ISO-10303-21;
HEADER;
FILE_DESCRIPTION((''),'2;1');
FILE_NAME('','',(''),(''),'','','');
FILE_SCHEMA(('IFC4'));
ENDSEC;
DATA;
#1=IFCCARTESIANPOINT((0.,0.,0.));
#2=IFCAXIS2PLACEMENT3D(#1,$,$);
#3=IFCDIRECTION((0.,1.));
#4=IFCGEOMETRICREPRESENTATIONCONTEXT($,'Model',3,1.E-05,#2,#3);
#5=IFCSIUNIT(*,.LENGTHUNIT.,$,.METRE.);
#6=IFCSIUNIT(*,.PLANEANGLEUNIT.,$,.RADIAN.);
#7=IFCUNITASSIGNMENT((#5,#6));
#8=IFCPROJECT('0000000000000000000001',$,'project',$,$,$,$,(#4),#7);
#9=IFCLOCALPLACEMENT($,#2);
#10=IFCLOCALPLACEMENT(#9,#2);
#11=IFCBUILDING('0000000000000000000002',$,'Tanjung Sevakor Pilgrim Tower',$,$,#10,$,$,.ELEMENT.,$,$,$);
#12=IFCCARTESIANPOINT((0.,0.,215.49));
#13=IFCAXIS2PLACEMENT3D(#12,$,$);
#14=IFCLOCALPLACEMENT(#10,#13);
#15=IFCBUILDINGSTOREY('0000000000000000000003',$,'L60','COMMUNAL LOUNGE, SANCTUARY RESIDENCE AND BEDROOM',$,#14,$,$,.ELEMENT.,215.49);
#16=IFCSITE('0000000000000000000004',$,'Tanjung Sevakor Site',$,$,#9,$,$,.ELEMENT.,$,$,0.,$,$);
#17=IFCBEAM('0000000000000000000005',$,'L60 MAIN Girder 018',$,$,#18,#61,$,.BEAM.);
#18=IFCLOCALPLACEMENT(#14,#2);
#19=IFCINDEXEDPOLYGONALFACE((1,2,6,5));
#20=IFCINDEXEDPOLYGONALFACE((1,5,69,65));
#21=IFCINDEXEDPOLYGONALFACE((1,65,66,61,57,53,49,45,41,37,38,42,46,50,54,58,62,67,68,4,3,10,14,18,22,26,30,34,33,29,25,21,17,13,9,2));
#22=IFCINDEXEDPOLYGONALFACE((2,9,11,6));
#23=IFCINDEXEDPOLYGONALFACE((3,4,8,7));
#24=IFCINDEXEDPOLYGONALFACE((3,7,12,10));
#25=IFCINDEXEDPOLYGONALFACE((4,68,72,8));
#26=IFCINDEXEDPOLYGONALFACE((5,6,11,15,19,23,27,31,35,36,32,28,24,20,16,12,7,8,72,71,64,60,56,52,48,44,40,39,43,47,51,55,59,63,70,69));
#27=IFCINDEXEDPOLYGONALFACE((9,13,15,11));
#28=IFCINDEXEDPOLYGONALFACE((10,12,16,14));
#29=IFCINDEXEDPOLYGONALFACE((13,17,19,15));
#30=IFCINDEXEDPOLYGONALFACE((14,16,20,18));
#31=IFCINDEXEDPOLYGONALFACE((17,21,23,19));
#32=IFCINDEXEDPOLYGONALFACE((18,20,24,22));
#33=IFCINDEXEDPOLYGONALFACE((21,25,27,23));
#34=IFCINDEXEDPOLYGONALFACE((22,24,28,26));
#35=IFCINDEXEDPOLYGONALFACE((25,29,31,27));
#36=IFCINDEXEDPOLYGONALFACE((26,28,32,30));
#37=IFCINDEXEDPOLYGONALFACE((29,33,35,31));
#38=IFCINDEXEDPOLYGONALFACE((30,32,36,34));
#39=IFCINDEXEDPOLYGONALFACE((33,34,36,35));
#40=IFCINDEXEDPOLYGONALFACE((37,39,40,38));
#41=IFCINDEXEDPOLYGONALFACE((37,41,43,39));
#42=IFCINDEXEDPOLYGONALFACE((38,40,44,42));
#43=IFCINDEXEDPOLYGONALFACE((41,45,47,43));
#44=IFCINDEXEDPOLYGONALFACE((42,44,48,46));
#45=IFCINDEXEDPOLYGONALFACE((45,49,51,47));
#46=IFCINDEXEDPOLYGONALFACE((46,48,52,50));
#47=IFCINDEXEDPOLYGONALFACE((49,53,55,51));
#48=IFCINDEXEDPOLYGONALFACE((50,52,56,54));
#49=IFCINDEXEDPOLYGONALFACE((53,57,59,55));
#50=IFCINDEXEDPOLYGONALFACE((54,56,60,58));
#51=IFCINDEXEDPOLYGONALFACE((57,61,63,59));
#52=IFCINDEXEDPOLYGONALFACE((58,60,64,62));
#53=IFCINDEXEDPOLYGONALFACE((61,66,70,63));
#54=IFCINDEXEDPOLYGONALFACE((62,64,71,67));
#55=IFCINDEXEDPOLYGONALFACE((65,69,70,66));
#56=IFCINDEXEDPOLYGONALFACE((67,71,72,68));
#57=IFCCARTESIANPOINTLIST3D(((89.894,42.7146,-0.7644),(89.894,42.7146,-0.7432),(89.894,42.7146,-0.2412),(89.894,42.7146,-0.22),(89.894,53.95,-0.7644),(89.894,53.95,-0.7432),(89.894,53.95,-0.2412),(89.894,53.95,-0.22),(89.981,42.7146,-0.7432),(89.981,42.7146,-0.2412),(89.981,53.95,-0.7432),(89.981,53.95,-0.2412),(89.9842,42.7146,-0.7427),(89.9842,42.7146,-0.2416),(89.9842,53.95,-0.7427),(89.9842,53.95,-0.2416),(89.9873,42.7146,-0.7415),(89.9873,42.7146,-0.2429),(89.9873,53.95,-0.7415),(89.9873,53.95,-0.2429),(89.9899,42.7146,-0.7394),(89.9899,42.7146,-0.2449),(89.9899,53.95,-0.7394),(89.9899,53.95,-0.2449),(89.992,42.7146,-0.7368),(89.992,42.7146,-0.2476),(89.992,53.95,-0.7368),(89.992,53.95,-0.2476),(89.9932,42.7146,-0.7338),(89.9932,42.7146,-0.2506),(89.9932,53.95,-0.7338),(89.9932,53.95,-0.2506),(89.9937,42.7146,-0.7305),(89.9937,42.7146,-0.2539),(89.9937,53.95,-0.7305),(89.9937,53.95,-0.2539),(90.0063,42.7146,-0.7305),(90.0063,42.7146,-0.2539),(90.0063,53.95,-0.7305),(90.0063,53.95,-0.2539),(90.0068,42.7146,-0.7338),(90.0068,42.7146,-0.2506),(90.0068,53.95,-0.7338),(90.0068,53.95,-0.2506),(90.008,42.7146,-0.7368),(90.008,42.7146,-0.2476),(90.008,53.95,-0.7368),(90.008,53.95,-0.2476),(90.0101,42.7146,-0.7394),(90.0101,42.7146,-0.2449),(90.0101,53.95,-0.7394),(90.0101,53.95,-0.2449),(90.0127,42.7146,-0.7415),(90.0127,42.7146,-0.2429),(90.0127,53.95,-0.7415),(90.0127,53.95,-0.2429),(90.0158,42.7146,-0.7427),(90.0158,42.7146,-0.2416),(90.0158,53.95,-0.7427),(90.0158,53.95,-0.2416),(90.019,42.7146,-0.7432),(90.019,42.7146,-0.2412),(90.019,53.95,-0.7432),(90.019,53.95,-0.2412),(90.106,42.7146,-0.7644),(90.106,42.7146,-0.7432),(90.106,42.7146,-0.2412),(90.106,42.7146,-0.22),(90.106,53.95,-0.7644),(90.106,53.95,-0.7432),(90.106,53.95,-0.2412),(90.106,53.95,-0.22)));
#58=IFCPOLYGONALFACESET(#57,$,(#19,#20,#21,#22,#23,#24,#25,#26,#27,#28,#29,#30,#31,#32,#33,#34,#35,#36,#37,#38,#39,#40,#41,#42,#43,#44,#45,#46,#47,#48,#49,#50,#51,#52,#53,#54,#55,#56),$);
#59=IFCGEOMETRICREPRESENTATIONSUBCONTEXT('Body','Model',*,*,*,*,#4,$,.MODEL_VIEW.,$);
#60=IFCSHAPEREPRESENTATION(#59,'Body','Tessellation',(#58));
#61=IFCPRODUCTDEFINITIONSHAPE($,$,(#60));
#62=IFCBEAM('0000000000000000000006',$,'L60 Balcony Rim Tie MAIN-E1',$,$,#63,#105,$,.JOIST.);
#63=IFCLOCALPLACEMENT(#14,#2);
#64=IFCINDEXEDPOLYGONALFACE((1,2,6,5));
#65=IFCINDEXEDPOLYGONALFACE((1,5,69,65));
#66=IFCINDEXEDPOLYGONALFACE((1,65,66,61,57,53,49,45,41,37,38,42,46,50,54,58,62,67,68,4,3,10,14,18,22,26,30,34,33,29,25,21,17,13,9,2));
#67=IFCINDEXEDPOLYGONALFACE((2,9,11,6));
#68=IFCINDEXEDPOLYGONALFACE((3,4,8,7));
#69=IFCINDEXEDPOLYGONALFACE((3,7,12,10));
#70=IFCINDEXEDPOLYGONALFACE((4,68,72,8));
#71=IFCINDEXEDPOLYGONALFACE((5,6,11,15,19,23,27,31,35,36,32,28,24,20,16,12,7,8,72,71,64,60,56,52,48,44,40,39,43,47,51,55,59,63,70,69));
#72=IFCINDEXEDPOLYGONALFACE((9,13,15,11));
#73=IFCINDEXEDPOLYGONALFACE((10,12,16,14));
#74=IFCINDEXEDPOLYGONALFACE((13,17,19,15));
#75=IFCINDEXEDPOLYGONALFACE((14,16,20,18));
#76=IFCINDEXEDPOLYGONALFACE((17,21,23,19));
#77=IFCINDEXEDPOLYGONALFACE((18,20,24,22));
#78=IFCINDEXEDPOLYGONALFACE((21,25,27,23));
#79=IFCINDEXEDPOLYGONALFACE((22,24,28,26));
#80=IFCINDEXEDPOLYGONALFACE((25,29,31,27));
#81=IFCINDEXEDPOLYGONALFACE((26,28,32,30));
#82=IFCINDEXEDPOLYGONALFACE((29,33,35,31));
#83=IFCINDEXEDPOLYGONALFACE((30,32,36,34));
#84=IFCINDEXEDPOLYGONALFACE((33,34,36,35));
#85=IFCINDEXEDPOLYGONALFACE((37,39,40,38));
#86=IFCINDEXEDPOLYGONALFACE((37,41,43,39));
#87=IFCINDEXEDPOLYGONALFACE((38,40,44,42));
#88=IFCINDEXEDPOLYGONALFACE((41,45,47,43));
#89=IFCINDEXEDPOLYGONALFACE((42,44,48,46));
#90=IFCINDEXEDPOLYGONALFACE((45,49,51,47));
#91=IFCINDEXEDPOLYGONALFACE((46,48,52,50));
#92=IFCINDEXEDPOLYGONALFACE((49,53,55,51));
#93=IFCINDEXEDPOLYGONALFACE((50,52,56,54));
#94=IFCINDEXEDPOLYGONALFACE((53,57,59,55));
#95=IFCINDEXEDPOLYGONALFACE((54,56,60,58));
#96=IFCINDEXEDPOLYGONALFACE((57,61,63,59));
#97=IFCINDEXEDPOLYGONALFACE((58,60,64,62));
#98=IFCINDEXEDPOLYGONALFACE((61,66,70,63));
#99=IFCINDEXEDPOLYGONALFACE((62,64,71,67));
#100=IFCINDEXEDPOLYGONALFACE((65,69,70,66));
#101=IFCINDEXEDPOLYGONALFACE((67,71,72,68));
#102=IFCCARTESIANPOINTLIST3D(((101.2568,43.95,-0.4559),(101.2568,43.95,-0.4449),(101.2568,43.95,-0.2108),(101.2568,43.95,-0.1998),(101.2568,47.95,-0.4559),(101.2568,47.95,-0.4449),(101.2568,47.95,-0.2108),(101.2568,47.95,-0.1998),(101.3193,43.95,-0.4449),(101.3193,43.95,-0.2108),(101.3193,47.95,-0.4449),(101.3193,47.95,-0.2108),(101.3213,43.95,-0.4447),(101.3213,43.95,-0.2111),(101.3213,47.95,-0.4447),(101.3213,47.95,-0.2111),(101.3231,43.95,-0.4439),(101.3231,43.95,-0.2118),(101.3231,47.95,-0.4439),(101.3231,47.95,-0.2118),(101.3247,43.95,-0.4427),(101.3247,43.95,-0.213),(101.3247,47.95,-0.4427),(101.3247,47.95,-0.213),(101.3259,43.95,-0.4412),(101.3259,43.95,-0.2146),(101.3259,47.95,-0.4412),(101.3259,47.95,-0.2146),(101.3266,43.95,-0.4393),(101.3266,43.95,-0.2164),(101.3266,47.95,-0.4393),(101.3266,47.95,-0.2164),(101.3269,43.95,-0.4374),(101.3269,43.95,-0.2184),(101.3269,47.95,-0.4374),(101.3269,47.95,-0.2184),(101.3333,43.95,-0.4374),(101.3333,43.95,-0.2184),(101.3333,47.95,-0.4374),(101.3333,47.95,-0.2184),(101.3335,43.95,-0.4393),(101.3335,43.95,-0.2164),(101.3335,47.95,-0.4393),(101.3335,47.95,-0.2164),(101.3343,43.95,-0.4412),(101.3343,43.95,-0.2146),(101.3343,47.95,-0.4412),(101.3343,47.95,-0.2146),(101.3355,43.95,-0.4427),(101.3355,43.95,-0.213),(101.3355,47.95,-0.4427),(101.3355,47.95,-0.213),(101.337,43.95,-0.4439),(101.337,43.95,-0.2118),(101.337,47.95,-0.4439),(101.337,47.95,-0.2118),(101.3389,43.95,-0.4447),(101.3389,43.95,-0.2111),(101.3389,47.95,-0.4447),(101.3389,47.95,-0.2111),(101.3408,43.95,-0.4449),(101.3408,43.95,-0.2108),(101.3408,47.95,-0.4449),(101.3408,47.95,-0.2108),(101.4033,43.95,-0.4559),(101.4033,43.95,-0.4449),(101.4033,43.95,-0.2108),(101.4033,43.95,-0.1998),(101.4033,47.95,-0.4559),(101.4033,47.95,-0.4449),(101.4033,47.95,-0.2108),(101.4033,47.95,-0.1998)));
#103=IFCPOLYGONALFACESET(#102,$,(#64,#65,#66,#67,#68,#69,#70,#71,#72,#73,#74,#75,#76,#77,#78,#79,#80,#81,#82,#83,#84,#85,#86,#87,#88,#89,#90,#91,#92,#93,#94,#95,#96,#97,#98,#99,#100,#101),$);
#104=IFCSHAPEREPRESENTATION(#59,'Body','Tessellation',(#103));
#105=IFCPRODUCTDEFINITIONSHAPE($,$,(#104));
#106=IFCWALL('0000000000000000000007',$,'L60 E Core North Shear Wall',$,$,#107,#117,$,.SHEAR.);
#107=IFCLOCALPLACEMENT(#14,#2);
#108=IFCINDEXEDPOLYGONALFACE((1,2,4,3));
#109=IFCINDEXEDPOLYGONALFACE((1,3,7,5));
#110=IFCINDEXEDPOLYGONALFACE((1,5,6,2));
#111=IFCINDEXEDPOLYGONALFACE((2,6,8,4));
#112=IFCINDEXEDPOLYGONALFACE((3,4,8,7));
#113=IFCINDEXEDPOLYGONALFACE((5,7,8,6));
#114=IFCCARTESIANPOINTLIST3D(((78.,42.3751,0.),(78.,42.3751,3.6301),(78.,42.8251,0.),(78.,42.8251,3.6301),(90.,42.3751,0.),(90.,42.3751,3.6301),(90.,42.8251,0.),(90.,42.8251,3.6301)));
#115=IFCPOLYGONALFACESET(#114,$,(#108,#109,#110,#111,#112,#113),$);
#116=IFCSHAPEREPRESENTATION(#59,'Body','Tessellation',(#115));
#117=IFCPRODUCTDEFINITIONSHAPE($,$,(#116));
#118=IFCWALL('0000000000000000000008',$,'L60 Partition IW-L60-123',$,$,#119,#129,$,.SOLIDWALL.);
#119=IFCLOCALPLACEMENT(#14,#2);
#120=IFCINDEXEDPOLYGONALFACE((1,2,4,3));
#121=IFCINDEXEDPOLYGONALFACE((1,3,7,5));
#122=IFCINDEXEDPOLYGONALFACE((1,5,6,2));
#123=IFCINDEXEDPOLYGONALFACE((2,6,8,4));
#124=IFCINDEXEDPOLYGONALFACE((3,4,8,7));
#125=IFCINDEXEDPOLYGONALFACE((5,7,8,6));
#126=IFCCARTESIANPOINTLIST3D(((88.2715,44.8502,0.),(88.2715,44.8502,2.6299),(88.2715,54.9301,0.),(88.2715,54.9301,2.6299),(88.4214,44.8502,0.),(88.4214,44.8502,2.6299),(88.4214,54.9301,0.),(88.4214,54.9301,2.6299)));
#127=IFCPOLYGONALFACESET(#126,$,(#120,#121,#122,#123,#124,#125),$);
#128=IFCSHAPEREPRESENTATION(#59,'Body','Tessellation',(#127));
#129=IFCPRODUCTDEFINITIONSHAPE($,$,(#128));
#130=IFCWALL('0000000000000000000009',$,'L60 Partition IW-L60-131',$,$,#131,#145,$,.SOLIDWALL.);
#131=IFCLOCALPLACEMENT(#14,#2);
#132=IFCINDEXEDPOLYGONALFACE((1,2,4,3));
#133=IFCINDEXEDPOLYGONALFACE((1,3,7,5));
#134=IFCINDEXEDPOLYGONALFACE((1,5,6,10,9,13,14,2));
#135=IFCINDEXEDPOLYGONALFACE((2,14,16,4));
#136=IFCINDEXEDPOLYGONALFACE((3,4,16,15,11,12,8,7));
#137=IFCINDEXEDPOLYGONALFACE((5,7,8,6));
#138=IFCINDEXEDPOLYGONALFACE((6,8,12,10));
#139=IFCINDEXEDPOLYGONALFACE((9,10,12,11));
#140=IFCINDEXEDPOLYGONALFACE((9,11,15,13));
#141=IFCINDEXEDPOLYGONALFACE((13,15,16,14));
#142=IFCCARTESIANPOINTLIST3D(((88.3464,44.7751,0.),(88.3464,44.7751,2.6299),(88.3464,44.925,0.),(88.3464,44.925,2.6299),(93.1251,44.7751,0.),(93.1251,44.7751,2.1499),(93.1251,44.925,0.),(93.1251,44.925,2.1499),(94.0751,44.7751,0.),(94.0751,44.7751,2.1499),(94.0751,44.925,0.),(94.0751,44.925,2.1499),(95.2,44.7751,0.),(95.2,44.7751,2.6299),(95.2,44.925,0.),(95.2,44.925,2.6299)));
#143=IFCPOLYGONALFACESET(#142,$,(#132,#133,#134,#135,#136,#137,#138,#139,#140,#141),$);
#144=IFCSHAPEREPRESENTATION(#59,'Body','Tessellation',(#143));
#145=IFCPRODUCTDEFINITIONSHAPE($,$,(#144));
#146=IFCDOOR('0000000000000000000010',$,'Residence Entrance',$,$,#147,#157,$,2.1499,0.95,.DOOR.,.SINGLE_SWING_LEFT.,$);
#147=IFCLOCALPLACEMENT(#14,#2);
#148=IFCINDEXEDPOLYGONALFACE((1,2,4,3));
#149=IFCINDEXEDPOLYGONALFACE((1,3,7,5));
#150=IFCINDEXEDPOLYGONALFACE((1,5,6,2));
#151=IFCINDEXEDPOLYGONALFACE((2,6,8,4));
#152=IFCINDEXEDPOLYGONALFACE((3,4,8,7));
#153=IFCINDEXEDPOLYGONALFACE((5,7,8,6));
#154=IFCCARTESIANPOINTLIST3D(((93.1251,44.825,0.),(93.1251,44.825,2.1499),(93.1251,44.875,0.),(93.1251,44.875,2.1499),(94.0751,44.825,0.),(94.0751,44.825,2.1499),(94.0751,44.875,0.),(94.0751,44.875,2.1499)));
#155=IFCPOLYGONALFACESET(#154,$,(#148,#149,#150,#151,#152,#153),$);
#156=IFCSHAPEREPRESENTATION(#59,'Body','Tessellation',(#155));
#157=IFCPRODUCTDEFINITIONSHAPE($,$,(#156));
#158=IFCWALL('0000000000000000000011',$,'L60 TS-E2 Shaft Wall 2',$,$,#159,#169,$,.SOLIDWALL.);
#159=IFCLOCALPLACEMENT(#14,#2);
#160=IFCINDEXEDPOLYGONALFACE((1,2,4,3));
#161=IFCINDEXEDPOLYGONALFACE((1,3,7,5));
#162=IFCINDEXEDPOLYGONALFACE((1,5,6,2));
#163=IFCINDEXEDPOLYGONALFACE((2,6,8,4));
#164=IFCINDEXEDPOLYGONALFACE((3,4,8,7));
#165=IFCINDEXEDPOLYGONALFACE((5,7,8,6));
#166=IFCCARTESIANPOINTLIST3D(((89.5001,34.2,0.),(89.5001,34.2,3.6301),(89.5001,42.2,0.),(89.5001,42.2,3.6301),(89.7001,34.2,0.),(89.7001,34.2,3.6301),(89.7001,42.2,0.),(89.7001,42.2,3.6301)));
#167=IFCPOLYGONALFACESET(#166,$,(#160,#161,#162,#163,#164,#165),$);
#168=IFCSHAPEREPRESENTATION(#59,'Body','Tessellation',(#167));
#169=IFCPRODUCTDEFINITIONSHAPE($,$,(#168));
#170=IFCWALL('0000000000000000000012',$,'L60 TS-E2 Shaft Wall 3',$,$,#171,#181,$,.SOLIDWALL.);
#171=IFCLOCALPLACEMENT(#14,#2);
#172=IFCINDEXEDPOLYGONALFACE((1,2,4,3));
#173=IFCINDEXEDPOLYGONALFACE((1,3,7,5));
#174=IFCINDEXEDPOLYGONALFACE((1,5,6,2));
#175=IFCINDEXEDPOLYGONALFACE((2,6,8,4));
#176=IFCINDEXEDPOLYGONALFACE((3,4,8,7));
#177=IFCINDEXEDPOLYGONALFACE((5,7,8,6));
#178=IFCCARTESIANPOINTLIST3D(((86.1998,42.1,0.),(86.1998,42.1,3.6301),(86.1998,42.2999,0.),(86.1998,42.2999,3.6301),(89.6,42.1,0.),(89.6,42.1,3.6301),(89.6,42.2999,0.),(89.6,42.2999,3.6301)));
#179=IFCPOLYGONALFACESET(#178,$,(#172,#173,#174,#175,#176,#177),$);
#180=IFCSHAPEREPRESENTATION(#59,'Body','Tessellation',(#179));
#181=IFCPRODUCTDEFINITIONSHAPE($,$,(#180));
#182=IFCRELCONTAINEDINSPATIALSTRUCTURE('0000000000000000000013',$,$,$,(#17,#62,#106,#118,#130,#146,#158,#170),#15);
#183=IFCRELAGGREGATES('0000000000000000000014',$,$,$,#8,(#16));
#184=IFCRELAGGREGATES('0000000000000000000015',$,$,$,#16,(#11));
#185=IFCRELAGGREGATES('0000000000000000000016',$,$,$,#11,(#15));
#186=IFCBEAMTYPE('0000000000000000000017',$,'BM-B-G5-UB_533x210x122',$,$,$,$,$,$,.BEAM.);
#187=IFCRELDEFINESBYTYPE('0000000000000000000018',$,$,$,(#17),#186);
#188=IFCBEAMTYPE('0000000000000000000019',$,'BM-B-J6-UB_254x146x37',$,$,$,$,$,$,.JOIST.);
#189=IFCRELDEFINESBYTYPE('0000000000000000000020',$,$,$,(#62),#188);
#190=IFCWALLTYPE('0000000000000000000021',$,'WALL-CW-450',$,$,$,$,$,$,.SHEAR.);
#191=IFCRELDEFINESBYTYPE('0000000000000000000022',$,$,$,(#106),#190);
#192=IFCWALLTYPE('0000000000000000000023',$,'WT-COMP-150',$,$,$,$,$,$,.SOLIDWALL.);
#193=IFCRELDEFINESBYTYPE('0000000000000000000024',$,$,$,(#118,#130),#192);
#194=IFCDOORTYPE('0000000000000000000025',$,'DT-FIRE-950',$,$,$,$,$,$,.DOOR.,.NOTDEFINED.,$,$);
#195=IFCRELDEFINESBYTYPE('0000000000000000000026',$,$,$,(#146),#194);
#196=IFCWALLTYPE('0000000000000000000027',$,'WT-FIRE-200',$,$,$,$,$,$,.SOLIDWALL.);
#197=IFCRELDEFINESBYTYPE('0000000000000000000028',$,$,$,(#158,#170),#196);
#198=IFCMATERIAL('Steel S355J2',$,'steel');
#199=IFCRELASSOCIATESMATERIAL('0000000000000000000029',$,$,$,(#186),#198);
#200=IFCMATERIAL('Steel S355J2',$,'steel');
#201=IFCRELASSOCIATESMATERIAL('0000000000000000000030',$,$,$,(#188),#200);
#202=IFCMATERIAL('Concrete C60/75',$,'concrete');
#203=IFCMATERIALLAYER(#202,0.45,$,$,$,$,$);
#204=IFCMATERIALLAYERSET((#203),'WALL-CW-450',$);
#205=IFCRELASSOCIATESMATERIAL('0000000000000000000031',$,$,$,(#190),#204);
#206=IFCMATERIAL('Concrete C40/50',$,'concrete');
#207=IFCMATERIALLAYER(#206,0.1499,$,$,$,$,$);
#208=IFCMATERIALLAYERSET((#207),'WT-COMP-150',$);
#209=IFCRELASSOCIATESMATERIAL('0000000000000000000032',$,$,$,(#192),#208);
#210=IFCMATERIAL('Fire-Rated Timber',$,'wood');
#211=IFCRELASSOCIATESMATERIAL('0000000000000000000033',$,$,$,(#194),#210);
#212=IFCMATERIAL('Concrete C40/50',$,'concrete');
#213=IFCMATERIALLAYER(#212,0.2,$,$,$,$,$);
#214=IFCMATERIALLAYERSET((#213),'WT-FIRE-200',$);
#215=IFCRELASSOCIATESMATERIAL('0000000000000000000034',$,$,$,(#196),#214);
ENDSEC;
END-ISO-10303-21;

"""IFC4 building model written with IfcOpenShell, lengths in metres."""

from ifc_helpers import new_model, si_unit, direction, frame, frame_2d, origin, origin_2d, place, context, subcontext, project, spatial, rectangle, i_section, extrude, material, layer, layer_set, material_profile, profile_set, type_object, element, fill, save


model = new_model("IFC4")

# Units and contexts
model_context = context("Model", 3, precision=1e-05, world=origin(), true_north=direction((0.0, 1.0)))
body_context = subcontext(model_context, "Body", "Model", "MODEL_VIEW")
ifc_project = project(units=[si_unit("LENGTHUNIT", "METRE"), si_unit("PLANEANGLEUNIT", "RADIAN")], contexts=[model_context])

# Site, building, storey
site_placement = place(None, origin())
site = spatial("IfcSite", under=ifc_project, at=site_placement, Name="Tanjung Sevakor Site", CompositionType="ELEMENT", RefElevation=0.0)
building_placement = place(site_placement, origin())
building = spatial("IfcBuilding", under=site, at=building_placement, Name="Tanjung Sevakor Pilgrim Tower", CompositionType="ELEMENT")
storey_placement = place(building_placement, frame((0.0, 0.0, 215.49)))
storey = spatial("IfcBuildingStorey", under=building, at=storey_placement, Name="L60", Description="COMMUNAL LOUNGE, SANCTUARY RESIDENCE AND BEDROOM", CompositionType="ELEMENT", Elevation=215.49)

# Beams
ifc_material_1 = material(Name="Steel S355J2", Category="steel")
ifc_material_profile_1 = material_profile(ifc_material_1, i_section(OverallWidth=0.2119, OverallDepth=0.5444, WebThickness=0.0127, FlangeThickness=0.0212, FilletRadius=0.0127, at=origin_2d()))
ifc_profile_set_1 = profile_set([ifc_material_profile_1], Name="Steel S355J2")
beam_type_1 = type_object("IfcBeamType", Name="BM-B-G5-UB_533x210x122", PredefinedType="BEAM", material=ifc_profile_set_1)
beam_1_placement = place(storey_placement, frame((90.0, 42.7146, -0.4922), z_axis=(0.0, 1.0, 0.0), x_axis=(-1.0, 0.0, 0.0)))
element("IfcBeam", 1, at=beam_1_placement, inside=storey, type_object=beam_type_1, Name="L60 MAIN Girder 018", PredefinedType="BEAM", context=body_context, shape_type="SweptSolid", body=[
    extrude(i_section(OverallWidth=0.2119, OverallDepth=0.5444, WebThickness=0.0127, FlangeThickness=0.0212, FilletRadius=0.0127, at=origin_2d()), origin(), (0.0, 0.0, 1.0), 11.2354),
])
ifc_material_2 = material(Name="Steel S355J2", Category="steel")
ifc_material_profile_2 = material_profile(ifc_material_2, i_section(OverallWidth=0.1465, OverallDepth=0.2561, WebThickness=0.0063, FlangeThickness=0.011, FilletRadius=0.0076, at=origin_2d()))
ifc_profile_set_2 = profile_set([ifc_material_profile_2], Name="Steel S355J2")
beam_type_2 = type_object("IfcBeamType", Name="BM-B-J6-UB_254x146x37", PredefinedType="JOIST", material=ifc_profile_set_2)
beam_2_placement = place(storey_placement, frame((101.3301, 43.95, -0.3279), z_axis=(0.0, 1.0, 0.0), x_axis=(-1.0, 0.0, 0.0)))
element("IfcBeam", 2, at=beam_2_placement, inside=storey, type_object=beam_type_2, Name="L60 Balcony Rim Tie MAIN-E1", PredefinedType="JOIST", context=body_context, shape_type="SweptSolid", body=[
    extrude(i_section(OverallWidth=0.1465, OverallDepth=0.2561, WebThickness=0.0063, FlangeThickness=0.011, FilletRadius=0.0076, at=origin_2d()), origin(), (0.0, 0.0, 1.0), 4.0),
])

# Walls
ifc_material_3 = material(Name="Concrete C60/75", Category="concrete")
ifc_layer_1 = layer(ifc_material_3, 0.45)
ifc_layer_set_1 = layer_set([ifc_layer_1], Name="WALL-CW-450")
wall_type_1 = type_object("IfcWallType", Name="WALL-CW-450", PredefinedType="SHEAR", material=ifc_layer_set_1)
wall_1_placement = place(storey_placement, frame((90.0, 42.6001, 0.0), z_axis=(0.0, 0.0, 1.0), x_axis=(-1.0, 0.0, 0.0)))
element("IfcWall", 3, at=wall_1_placement, inside=storey, type_object=wall_type_1, Name="L60 E Core North Shear Wall", PredefinedType="SHEAR", context=body_context, shape_type="SweptSolid", body=[
    extrude(rectangle(XDim=12.0, YDim=0.45, at=frame_2d((6.0, 0.0))), origin(), (0.0, 0.0, 1.0), 3.6301),
])
ifc_material_4 = material(Name="Concrete C40/50", Category="concrete")
ifc_layer_2 = layer(ifc_material_4, 0.1499)
ifc_layer_set_2 = layer_set([ifc_layer_2], Name="WT-COMP-150")
wall_type_2 = type_object("IfcWallType", Name="WT-COMP-150", PredefinedType="SOLIDWALL", material=ifc_layer_set_2)
wall_2_placement = place(storey_placement, frame((88.3464, 44.8501, 0.0), z_axis=(0.0, 0.0, 1.0), x_axis=(0.0, 1.0, 0.0)))
element("IfcWall", 4, at=wall_2_placement, inside=storey, type_object=wall_type_2, Name="L60 Partition IW-L60-123", PredefinedType="SOLIDWALL", context=body_context, shape_type="SweptSolid", body=[
    extrude(rectangle(XDim=10.0798, YDim=0.1499, at=frame_2d((5.04, 0.0))), origin(), (0.0, 0.0, 1.0), 2.6299),
])

# Wall, opening, door
wall_3_placement = place(storey_placement, frame((88.3464, 44.8501, 0.0), z_axis=(0.0, 0.0, 1.0), x_axis=(1.0, 0.0, 0.0)))
wall_3 = element("IfcWall", 5, at=wall_3_placement, inside=storey, type_object=wall_type_2, Name="L60 Partition IW-L60-131", PredefinedType="SOLIDWALL", context=body_context, shape_type="SweptSolid", body=[
    extrude(rectangle(XDim=6.8535, YDim=0.1499, at=frame_2d((3.4268, 0.0))), origin(), (0.0, 0.0, 1.0), 2.6299),
])
opening_placement = place(wall_3_placement, frame((4.7786, 0.0, 0.0)))
opening = element("IfcOpeningElement", 6, at=opening_placement, cuts=wall_3, PredefinedType="OPENING", context=body_context, shape_type="SweptSolid", body=[
    extrude(rectangle(XDim=0.95, YDim=2.1499, at=frame_2d((0.4751, 1.075))), frame((0.0, 0.085, 0.0), z_axis=(0.0, -1.0, 0.0), x_axis=(1.0, 0.0, 0.0)), (0.0, 0.0, 1.0), 0.1699),
])
ifc_material_5 = material(Name="Fire-Rated Timber", Category="wood")
door_type = type_object("IfcDoorType", Name="DT-FIRE-950", OperationType="NOTDEFINED", PredefinedType="DOOR", material=ifc_material_5)
door_placement = place(opening_placement, origin())
door = element("IfcDoor", 7, at=door_placement, inside=storey, type_object=door_type, Name="Residence Entrance", OperationType="SINGLE_SWING_LEFT", OverallHeight=2.1499, OverallWidth=0.95, PredefinedType="DOOR", context=body_context, shape_type="SweptSolid", body=[
    extrude(rectangle(XDim=0.95, YDim=2.1499, at=frame_2d((0.4751, 1.075))), frame((0.0, 0.0249, 0.0), z_axis=(0.0, -1.0, 0.0), x_axis=(1.0, 0.0, 0.0)), (0.0, 0.0, 1.0), 0.05),
])
fill(opening, door)

# Walls
ifc_material_6 = material(Name="Concrete C40/50", Category="concrete")
ifc_layer_3 = layer(ifc_material_6, 0.2)
ifc_layer_set_3 = layer_set([ifc_layer_3], Name="WT-FIRE-200")
wall_type_3 = type_object("IfcWallType", Name="WT-FIRE-200", PredefinedType="SOLIDWALL", material=ifc_layer_set_3)
wall_4_placement = place(storey_placement, frame((89.6001, 34.2, 0.0), z_axis=(0.0, 0.0, 1.0), x_axis=(0.0, 1.0, 0.0)))
element("IfcWall", 8, at=wall_4_placement, inside=storey, type_object=wall_type_3, Name="L60 TS-E2 Shaft Wall 2", PredefinedType="SOLIDWALL", context=body_context, shape_type="SweptSolid", body=[
    extrude(rectangle(XDim=8.0, YDim=0.2, at=frame_2d((4.0, 0.0))), origin(), (0.0, 0.0, 1.0), 3.6301),
])
wall_5_placement = place(storey_placement, frame((89.6001, 42.2, 0.0), z_axis=(0.0, 0.0, 1.0), x_axis=(-1.0, 0.0, 0.0)))
element("IfcWall", 9, at=wall_5_placement, inside=storey, type_object=wall_type_3, Name="L60 TS-E2 Shaft Wall 3", PredefinedType="SOLIDWALL", context=body_context, shape_type="SweptSolid", body=[
    extrude(rectangle(XDim=3.4001, YDim=0.2, at=frame_2d((1.7002, 0.0))), origin(), (0.0, 0.0, 1.0), 3.6301),
])

save(model, "model.ifc")
